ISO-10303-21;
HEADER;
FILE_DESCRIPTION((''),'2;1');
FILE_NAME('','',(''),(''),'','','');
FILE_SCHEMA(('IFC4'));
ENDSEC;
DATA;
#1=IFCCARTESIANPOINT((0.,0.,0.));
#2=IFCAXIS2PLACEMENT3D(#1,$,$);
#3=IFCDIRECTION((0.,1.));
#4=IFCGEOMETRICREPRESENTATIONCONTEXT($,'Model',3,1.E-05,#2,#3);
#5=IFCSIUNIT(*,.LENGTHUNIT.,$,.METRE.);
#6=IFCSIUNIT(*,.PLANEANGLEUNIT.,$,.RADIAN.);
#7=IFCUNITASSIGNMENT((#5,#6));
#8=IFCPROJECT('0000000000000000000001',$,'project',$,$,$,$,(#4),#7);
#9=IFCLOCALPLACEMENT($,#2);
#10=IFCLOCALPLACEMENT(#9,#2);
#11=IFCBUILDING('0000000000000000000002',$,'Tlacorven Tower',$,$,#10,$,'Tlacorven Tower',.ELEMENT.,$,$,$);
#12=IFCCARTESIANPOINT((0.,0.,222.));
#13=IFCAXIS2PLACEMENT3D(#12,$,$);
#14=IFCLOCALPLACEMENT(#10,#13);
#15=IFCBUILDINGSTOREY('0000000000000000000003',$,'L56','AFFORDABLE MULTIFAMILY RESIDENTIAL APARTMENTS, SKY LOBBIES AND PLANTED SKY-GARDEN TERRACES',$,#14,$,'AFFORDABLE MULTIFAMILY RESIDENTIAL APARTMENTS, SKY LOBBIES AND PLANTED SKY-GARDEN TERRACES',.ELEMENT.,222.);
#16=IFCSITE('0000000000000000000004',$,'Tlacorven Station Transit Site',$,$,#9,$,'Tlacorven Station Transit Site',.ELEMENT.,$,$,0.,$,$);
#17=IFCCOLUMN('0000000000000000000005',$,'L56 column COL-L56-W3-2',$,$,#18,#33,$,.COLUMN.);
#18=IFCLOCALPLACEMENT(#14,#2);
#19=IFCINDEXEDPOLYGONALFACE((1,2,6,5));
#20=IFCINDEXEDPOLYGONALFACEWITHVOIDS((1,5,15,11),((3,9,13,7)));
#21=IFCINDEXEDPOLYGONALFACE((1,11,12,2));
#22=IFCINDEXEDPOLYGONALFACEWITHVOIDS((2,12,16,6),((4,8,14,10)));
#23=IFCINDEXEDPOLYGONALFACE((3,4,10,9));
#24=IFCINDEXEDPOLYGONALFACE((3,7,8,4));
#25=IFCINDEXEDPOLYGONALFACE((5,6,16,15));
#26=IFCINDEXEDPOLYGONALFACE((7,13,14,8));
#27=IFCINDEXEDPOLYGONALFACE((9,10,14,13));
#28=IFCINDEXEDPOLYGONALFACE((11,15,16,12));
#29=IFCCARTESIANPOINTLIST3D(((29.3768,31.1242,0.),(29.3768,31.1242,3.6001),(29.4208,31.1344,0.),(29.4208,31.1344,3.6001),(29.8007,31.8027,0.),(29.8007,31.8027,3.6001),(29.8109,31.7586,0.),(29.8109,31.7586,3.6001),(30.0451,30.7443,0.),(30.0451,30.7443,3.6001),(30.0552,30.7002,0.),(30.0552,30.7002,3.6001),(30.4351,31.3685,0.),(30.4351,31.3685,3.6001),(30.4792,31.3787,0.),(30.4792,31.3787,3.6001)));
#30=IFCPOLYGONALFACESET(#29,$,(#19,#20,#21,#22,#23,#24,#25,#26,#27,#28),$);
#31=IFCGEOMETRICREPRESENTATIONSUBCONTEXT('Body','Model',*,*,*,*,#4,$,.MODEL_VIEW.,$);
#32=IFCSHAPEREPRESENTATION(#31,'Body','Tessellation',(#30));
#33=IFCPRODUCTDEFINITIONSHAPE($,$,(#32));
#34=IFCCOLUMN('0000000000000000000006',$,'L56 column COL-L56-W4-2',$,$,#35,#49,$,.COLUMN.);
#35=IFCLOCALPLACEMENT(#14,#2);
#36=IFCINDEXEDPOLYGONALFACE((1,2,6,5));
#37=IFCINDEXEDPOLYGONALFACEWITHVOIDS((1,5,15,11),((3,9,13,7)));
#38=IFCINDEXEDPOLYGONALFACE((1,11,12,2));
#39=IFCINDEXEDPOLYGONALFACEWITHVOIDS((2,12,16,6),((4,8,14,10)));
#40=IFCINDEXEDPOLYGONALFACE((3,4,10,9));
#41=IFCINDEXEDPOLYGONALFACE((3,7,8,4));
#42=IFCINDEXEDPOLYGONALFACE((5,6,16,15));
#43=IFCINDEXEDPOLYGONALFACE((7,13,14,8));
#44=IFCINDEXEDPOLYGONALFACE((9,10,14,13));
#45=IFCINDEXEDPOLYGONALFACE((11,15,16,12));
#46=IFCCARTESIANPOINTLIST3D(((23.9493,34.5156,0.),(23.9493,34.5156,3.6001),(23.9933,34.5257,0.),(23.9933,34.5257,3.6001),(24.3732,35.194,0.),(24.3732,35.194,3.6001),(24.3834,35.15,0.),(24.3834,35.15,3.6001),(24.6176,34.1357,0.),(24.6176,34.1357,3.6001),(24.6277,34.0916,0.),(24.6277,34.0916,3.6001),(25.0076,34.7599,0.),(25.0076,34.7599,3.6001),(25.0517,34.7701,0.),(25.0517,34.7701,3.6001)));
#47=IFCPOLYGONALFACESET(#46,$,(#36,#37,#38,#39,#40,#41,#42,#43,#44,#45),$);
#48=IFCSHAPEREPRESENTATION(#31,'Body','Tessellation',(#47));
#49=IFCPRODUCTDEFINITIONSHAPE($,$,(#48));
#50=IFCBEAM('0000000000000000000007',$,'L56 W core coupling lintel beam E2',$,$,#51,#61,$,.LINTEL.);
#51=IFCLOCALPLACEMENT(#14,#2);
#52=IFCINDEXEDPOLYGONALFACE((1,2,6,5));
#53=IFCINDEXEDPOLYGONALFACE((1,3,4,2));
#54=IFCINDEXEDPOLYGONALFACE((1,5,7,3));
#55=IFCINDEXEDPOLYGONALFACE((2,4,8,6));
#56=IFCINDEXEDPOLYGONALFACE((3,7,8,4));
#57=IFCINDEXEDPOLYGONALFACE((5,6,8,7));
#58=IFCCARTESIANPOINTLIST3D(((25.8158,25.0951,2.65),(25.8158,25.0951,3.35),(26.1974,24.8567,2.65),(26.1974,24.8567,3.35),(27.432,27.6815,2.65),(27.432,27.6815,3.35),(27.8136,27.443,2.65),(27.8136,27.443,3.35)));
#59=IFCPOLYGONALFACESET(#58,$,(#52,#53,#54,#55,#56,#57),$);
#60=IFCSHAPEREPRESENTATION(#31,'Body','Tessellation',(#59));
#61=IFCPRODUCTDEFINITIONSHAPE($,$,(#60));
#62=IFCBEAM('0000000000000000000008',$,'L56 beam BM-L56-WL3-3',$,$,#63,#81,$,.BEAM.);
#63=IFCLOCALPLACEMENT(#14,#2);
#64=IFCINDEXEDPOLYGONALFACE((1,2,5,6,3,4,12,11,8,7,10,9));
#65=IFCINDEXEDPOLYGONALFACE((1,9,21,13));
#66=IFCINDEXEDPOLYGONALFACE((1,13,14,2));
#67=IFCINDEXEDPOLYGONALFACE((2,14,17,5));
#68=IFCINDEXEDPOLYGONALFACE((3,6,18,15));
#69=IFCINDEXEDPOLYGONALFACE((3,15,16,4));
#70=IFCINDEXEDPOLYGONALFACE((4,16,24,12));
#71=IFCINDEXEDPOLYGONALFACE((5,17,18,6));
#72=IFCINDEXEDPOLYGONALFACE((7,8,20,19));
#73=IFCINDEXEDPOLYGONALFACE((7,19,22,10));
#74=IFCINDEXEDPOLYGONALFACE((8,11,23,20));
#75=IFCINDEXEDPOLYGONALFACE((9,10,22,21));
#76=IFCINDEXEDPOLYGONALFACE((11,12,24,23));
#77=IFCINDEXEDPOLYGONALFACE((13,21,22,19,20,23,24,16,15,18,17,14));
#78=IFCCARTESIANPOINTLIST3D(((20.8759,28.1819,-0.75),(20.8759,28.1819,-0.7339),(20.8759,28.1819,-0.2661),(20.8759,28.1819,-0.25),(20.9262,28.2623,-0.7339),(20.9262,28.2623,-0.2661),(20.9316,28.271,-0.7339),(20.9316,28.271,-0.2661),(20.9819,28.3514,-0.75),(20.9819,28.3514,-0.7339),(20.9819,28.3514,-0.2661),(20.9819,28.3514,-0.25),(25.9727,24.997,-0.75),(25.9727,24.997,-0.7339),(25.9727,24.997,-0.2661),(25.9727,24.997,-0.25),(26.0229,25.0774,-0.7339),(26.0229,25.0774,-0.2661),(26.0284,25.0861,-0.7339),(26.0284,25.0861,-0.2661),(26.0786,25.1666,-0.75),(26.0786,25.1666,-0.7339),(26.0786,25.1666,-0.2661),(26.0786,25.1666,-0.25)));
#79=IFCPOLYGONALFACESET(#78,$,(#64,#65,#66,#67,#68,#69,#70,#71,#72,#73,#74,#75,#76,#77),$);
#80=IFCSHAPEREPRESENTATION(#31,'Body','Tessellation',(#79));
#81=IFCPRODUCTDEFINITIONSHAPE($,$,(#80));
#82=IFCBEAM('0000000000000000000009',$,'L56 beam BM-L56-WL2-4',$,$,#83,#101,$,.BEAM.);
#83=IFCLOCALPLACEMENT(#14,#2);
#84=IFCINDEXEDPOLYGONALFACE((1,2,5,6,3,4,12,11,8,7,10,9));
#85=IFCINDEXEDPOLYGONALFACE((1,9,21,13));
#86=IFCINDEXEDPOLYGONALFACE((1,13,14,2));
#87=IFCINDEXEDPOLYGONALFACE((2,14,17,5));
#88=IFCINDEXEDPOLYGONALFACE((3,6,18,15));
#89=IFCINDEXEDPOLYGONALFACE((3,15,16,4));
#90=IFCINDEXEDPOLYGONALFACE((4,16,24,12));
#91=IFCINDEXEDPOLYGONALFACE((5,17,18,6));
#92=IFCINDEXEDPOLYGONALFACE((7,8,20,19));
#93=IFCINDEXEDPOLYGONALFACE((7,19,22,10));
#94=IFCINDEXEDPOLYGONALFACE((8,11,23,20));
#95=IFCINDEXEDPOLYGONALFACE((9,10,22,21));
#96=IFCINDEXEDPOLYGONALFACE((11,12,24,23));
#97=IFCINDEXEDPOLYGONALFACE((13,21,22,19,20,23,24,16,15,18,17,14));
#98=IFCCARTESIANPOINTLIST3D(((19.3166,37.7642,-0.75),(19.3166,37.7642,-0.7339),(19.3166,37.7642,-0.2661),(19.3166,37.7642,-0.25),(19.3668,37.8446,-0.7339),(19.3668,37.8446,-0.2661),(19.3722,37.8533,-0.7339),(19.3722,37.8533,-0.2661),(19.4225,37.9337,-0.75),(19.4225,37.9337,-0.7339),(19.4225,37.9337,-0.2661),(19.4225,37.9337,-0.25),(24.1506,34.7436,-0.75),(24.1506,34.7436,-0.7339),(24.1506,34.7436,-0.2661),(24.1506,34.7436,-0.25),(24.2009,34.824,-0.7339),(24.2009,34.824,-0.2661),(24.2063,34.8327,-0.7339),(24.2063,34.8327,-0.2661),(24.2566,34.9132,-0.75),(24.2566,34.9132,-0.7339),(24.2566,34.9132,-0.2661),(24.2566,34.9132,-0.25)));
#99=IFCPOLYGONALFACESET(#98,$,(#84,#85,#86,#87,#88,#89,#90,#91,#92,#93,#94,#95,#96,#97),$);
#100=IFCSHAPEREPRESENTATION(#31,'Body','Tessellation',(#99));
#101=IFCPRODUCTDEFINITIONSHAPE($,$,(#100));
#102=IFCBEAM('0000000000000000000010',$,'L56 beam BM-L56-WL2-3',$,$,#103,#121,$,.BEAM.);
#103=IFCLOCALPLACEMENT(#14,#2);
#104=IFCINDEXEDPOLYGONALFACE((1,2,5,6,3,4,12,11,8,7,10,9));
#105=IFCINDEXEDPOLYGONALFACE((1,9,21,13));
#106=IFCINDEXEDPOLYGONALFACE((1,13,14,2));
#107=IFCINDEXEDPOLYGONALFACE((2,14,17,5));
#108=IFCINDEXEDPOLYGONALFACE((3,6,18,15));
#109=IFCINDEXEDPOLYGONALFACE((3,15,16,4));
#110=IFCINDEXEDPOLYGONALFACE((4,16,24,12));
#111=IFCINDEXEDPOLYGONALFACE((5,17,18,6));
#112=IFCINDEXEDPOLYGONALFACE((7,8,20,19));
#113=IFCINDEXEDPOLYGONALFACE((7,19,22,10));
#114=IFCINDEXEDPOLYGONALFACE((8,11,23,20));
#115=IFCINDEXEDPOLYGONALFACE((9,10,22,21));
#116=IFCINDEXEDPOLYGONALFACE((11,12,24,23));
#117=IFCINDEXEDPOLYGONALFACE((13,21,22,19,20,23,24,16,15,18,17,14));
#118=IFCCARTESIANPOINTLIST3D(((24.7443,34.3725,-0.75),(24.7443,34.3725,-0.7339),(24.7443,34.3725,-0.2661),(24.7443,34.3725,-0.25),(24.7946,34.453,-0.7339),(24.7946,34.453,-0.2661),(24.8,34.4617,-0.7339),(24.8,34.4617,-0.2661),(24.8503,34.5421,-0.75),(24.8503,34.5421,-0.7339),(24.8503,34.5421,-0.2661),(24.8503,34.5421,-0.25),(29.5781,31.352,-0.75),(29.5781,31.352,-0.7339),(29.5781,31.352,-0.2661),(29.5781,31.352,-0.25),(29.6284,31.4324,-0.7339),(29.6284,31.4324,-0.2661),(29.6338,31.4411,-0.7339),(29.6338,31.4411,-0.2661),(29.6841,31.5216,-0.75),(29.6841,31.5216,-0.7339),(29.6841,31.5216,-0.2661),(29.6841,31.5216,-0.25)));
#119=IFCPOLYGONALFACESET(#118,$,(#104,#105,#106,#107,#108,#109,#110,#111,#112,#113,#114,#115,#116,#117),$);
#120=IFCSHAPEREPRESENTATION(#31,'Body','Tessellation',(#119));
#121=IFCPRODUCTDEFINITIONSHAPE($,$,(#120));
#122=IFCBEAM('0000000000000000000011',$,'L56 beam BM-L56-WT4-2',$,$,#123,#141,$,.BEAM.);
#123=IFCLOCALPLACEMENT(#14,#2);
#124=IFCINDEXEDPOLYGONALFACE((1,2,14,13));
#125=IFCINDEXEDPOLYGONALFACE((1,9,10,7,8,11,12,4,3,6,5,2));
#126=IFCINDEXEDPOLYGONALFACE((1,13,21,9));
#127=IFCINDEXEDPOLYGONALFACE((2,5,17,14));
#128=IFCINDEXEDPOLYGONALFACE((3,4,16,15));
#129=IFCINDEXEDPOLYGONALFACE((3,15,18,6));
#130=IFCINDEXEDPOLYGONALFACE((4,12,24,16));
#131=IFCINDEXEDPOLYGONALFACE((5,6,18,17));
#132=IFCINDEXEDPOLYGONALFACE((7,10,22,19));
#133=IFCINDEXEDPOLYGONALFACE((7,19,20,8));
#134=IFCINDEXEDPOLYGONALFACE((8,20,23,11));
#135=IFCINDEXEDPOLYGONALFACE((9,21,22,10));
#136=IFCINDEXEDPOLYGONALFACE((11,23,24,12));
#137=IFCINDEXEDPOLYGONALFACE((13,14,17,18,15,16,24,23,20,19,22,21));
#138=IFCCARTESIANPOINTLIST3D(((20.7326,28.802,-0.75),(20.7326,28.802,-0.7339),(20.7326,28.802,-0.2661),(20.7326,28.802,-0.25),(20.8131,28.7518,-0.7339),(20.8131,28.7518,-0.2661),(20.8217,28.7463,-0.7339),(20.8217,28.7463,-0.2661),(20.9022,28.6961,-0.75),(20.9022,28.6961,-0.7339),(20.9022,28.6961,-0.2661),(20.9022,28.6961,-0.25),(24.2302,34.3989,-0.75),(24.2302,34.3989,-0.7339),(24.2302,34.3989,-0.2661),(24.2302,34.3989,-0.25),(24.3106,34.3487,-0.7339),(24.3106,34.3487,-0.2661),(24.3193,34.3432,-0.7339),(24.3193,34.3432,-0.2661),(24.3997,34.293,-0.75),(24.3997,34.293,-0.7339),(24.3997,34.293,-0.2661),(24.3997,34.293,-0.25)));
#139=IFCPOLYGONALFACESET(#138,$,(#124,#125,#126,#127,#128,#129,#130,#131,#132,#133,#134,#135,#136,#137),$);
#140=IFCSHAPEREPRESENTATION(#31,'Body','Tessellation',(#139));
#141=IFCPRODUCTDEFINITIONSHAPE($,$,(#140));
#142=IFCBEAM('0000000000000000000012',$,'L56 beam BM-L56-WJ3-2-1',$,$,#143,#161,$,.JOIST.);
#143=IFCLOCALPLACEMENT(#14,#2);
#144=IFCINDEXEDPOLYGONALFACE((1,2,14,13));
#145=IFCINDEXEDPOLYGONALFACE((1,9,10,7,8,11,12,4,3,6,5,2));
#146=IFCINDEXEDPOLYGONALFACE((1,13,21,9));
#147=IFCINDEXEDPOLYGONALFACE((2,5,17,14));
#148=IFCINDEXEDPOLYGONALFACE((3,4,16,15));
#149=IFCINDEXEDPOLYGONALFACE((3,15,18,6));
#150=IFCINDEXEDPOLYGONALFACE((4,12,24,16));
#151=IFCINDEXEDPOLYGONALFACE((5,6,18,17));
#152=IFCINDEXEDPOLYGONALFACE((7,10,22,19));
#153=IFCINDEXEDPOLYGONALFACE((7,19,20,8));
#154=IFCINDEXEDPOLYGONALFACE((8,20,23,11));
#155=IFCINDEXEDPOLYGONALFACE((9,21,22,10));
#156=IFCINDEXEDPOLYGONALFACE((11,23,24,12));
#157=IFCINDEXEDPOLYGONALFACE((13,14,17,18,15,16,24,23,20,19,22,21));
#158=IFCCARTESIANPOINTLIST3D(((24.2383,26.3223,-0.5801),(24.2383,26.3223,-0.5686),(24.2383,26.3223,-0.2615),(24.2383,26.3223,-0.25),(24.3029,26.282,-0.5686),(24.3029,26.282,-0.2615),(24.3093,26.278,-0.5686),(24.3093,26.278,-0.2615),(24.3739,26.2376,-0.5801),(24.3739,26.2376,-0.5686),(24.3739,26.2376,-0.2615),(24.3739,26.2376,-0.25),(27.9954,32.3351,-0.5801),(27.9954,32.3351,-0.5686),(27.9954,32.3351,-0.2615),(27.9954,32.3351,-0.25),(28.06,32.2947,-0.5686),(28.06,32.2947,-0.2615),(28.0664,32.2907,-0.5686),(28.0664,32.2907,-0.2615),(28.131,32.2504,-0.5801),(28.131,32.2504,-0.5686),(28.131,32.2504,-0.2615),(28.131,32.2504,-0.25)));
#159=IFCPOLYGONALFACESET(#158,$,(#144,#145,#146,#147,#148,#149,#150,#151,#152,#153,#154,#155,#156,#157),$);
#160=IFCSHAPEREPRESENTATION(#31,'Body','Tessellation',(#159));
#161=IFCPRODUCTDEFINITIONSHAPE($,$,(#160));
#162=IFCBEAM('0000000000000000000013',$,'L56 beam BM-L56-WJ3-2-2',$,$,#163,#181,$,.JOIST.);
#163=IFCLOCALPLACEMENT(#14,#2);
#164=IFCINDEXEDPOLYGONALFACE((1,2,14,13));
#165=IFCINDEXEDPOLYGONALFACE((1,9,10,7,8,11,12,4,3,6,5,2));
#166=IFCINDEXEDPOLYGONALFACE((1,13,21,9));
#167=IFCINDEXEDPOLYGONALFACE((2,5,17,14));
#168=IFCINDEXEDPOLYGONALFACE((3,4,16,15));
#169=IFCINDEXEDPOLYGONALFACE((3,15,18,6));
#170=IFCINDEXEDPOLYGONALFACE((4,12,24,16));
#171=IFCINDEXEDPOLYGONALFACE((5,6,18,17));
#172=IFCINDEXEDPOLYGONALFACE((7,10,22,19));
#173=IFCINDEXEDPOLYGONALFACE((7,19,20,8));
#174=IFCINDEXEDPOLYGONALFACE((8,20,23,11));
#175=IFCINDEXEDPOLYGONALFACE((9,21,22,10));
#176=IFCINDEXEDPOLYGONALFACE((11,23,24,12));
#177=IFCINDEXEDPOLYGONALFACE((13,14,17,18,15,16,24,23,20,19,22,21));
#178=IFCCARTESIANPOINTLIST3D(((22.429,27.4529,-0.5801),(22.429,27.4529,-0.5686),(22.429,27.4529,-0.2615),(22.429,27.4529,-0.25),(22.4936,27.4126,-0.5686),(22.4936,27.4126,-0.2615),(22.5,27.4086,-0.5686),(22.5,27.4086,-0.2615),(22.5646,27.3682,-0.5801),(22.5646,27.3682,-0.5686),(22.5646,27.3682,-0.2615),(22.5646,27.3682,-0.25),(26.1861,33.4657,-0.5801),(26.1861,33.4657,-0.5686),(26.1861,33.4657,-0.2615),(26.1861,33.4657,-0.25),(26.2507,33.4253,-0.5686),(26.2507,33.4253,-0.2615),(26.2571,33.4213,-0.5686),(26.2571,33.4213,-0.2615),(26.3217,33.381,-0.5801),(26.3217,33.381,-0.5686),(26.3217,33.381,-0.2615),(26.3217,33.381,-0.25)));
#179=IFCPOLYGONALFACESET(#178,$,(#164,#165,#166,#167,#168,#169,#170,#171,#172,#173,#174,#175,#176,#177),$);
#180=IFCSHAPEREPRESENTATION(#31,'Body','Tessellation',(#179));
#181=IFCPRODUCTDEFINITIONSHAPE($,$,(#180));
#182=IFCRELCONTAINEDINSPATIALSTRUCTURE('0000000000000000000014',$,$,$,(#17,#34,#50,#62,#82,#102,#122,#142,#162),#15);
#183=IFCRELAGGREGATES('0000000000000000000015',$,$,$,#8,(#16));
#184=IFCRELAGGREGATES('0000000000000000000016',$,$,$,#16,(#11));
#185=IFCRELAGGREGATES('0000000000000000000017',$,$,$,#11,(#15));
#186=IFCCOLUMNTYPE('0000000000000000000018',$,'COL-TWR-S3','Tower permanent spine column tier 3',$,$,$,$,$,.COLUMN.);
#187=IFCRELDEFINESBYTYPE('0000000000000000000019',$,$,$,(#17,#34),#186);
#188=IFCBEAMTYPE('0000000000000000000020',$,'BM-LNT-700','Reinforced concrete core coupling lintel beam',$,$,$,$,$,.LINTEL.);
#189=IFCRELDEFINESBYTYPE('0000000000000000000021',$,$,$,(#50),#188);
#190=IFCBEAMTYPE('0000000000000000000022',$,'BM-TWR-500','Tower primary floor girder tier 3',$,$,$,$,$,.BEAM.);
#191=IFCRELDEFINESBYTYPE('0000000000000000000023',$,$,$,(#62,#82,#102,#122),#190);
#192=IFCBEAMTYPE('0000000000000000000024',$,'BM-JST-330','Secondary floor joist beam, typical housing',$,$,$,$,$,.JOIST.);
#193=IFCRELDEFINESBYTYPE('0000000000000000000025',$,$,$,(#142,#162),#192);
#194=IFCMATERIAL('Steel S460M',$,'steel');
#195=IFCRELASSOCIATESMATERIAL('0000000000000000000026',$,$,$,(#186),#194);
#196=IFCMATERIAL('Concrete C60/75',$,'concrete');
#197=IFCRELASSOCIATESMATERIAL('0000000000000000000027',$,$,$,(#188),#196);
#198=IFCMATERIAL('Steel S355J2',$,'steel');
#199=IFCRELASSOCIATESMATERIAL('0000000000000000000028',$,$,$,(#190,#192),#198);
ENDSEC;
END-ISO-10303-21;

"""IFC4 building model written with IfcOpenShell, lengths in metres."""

from ifc_helpers import new_model, si_unit, direction, frame, origin, origin_2d, place, context, subcontext, project, spatial, rectangle, hollow_rectangle, i_section, extrude, source, transform, mapped, material, material_profile, profile_set, type_object, element, save


model = new_model("IFC4")

# Units and contexts
model_context = context("Model", 3, precision=1e-05, world=origin(), true_north=direction((0.0, 1.0)))
body_context = subcontext(model_context, "Body", "Model", "MODEL_VIEW")
ifc_project = project(units=[si_unit("LENGTHUNIT", "METRE"), si_unit("PLANEANGLEUNIT", "RADIAN")], contexts=[model_context])

# Site, building, storey
site_placement = place(None, origin())
site = spatial("IfcSite", under=ifc_project, at=site_placement, Name="Tlacorven Station Transit Site", LongName="Tlacorven Station Transit Site", CompositionType="ELEMENT", RefElevation=0.0)
building_placement = place(site_placement, origin())
building = spatial("IfcBuilding", under=site, at=building_placement, Name="Tlacorven Tower", LongName="Tlacorven Tower", CompositionType="ELEMENT")
storey_placement = place(building_placement, frame((0.0, 0.0, 222.0)))
storey = spatial("IfcBuildingStorey", under=building, at=storey_placement, Name="L56", Description="AFFORDABLE MULTIFAMILY RESIDENTIAL APARTMENTS, SKY LOBBIES AND PLANTED SKY-GARDEN TERRACES", LongName="AFFORDABLE MULTIFAMILY RESIDENTIAL APARTMENTS, SKY LOBBIES AND PLANTED SKY-GARDEN TERRACES", CompositionType="ELEMENT", Elevation=222.0)

# Columns
ifc_material_1 = material(Name="Steel S460M", Category="steel")
ifc_material_profile_1 = material_profile(ifc_material_1, hollow_rectangle(XDim=0.8, YDim=0.8, WallThickness=0.032, at=origin_2d()), Name="BOX 800X800X32")
ifc_profile_set_1 = profile_set([ifc_material_profile_1], Name="Steel S460M")
column_type = type_object("IfcColumnType", Name="COL-TWR-S3", Description="Tower permanent spine column tier 3", PredefinedType="COLUMN", material=ifc_profile_set_1)
shared_shape_1 = source(origin(), body_context, "Body", "SweptSolid", [
    extrude(hollow_rectangle(XDim=0.8, YDim=0.8, WallThickness=0.032, at=origin_2d()), origin(), (0.0, 0.0, 1.0), 3.6001),
])
for number, where, z_axis, x_axis, name in (
    (1, (29.928, 31.2515, 0.0), (0.0, 0.0, 1.0), (-0.848048, 0.529919, 0.0), "L56 column COL-L56-W3-2"),
    (2, (24.5005, 34.6428, 0.0), (0.0, 0.0, 1.0), (-0.848048, 0.529919, 0.0), "L56 column COL-L56-W4-2"),
):
    element("IfcColumn", number, at=place(storey_placement, frame(where, z_axis=z_axis, x_axis=x_axis)), inside=storey, type_object=column_type, Name=name, PredefinedType="COLUMN", context=body_context, shape_type="MappedRepresentation", body=[
        mapped(shared_shape_1, transform((0.0, 0.0, 0.0), scale=1.0)),
    ])

# Beams
ifc_material_2 = material(Name="Concrete C60/75", Category="concrete")
ifc_material_profile_2 = material_profile(ifc_material_2, rectangle(XDim=0.45, YDim=0.7, at=origin_2d()), Name="RC 450X700")
ifc_profile_set_2 = profile_set([ifc_material_profile_2], Name="Concrete C60/75")
beam_type_1 = type_object("IfcBeamType", Name="BM-LNT-700", Description="Reinforced concrete core coupling lintel beam", PredefinedType="LINTEL", material=ifc_profile_set_2)
shared_shape_2 = source(origin(), body_context, "Body", "SweptSolid", [
    extrude(rectangle(XDim=0.45, YDim=0.7, at=origin_2d()), origin(), (0.0, 0.0, 1.0), 3.0498),
])
beam_1_placement = place(storey_placement, frame((27.6228, 27.5623, 3.0), z_axis=(-0.529927, -0.848043, 0.0), x_axis=(0.848043, -0.529927, 0.0)))
element("IfcBeam", 3, at=beam_1_placement, inside=storey, type_object=beam_type_1, Name="L56 W core coupling lintel beam E2", PredefinedType="LINTEL", context=body_context, shape_type="MappedRepresentation", body=[
    mapped(shared_shape_2, transform((0.0, 0.0, 0.0), scale=1.0)),
])
ifc_material_3 = material(Name="Steel S355J2", Category="steel")
ifc_material_profile_3 = material_profile(ifc_material_3, i_section(OverallWidth=0.2, OverallDepth=0.5, WebThickness=0.0103, FlangeThickness=0.0161, at=origin_2d()), Name="IPE 500")
ifc_profile_set_3 = profile_set([ifc_material_profile_3], Name="Steel S355J2")
beam_type_2 = type_object("IfcBeamType", Name="BM-TWR-500", Description="Tower primary floor girder tier 3", PredefinedType="BEAM", material=ifc_profile_set_3)
shared_shape_3 = source(origin(), body_context, "Body", "SweptSolid", [
    extrude(i_section(OverallWidth=0.2, OverallDepth=0.5, WebThickness=0.0103, FlangeThickness=0.0161, at=origin_2d()), origin(), (0.0, 0.0, 1.0), 6.01),
])
beam_2_placement = place(storey_placement, frame((26.0256, 25.0818, -0.5), z_axis=(-0.848044, 0.529926, 0.0), x_axis=(-0.529926, -0.848044, 0.0)))
element("IfcBeam", 4, at=beam_2_placement, inside=storey, type_object=beam_type_2, Name="L56 beam BM-L56-WL3-3", PredefinedType="BEAM", context=body_context, shape_type="MappedRepresentation", body=[
    mapped(shared_shape_3, transform((0.0, 0.0, 0.0), scale=1.0)),
])
shared_shape_4 = source(origin(), body_context, "Body", "SweptSolid", [
    extrude(i_section(OverallWidth=0.2, OverallDepth=0.5, WebThickness=0.0103, FlangeThickness=0.0161, at=origin_2d()), origin(), (0.0, 0.0, 1.0), 5.7002),
])
beam_3_placement = place(storey_placement, frame((24.2036, 34.8284, -0.5), z_axis=(-0.848056, 0.529907, 0.0), x_axis=(-0.529907, -0.848056, 0.0)))
element("IfcBeam", 5, at=beam_3_placement, inside=storey, type_object=beam_type_2, Name="L56 beam BM-L56-WL2-4", PredefinedType="BEAM", context=body_context, shape_type="MappedRepresentation", body=[
    mapped(shared_shape_4, transform((0.0, 0.0, 0.0), scale=1.0)),
])
shared_shape_5 = source(origin(), body_context, "Body", "SweptSolid", [
    extrude(i_section(OverallWidth=0.2, OverallDepth=0.5, WebThickness=0.0103, FlangeThickness=0.0161, at=origin_2d()), origin(), (0.0, 0.0, 1.0), 5.7),
])
beam_4_placement = place(storey_placement, frame((29.6311, 31.4368, -0.5), z_axis=(-0.848044, 0.529926, 0.0), x_axis=(-0.529926, -0.848044, 0.0)))
element("IfcBeam", 6, at=beam_4_placement, inside=storey, type_object=beam_type_2, Name="L56 beam BM-L56-WL2-3", PredefinedType="BEAM", context=body_context, shape_type="MappedRepresentation", body=[
    mapped(shared_shape_5, transform((0.0, 0.0, 0.0), scale=1.0)),
])
shared_shape_6 = source(origin(), body_context, "Body", "SweptSolid", [
    extrude(i_section(OverallWidth=0.2, OverallDepth=0.5, WebThickness=0.0103, FlangeThickness=0.0161, at=origin_2d()), origin(), (0.0, 0.0, 1.0), 6.5999),
])
beam_5_placement = place(storey_placement, frame((24.3149, 34.3459, -0.5), z_axis=(-0.529942, -0.848034, 0.0), x_axis=(0.848034, -0.529942, 0.0)))
element("IfcBeam", 7, at=beam_5_placement, inside=storey, type_object=beam_type_2, Name="L56 beam BM-L56-WT4-2", PredefinedType="BEAM", context=body_context, shape_type="MappedRepresentation", body=[
    mapped(shared_shape_6, transform((0.0, 0.0, 0.0), scale=1.0)),
])
ifc_material_profile_4 = material_profile(ifc_material_3, i_section(OverallWidth=0.1599, OverallDepth=0.3301, WebThickness=0.0076, FlangeThickness=0.0115, at=origin_2d()), Name="IPE 330")
ifc_profile_set_4 = profile_set([ifc_material_profile_4], Name="Steel S355J2")
beam_type_3 = type_object("IfcBeamType", Name="BM-JST-330", Description="Secondary floor joist beam, typical housing", PredefinedType="JOIST", material=ifc_profile_set_4)
shared_shape_7 = source(origin(), body_context, "Body", "SweptSolid", [
    extrude(i_section(OverallWidth=0.1599, OverallDepth=0.3301, WebThickness=0.0076, FlangeThickness=0.0115, at=origin_2d()), origin(), (0.0, 0.0, 1.0), 7.0901),
])
for number, where, z_axis, x_axis, name in (
    (8, (28.0632, 32.2927, -0.415), (-0.529912, -0.848052, 0.0), (0.848052, -0.529912, 0.0), "L56 beam BM-L56-WJ3-2-1"),
    (9, (26.2539, 33.4233, -0.415), (-0.529912, -0.848052, 0.0), (0.848052, -0.529912, 0.0), "L56 beam BM-L56-WJ3-2-2"),
):
    element("IfcBeam", number, at=place(storey_placement, frame(where, z_axis=z_axis, x_axis=x_axis)), inside=storey, type_object=beam_type_3, Name=name, PredefinedType="JOIST", context=body_context, shape_type="MappedRepresentation", body=[
        mapped(shared_shape_7, transform((0.0, 0.0, 0.0), scale=1.0)),
    ])

save(model, "model.ifc")
